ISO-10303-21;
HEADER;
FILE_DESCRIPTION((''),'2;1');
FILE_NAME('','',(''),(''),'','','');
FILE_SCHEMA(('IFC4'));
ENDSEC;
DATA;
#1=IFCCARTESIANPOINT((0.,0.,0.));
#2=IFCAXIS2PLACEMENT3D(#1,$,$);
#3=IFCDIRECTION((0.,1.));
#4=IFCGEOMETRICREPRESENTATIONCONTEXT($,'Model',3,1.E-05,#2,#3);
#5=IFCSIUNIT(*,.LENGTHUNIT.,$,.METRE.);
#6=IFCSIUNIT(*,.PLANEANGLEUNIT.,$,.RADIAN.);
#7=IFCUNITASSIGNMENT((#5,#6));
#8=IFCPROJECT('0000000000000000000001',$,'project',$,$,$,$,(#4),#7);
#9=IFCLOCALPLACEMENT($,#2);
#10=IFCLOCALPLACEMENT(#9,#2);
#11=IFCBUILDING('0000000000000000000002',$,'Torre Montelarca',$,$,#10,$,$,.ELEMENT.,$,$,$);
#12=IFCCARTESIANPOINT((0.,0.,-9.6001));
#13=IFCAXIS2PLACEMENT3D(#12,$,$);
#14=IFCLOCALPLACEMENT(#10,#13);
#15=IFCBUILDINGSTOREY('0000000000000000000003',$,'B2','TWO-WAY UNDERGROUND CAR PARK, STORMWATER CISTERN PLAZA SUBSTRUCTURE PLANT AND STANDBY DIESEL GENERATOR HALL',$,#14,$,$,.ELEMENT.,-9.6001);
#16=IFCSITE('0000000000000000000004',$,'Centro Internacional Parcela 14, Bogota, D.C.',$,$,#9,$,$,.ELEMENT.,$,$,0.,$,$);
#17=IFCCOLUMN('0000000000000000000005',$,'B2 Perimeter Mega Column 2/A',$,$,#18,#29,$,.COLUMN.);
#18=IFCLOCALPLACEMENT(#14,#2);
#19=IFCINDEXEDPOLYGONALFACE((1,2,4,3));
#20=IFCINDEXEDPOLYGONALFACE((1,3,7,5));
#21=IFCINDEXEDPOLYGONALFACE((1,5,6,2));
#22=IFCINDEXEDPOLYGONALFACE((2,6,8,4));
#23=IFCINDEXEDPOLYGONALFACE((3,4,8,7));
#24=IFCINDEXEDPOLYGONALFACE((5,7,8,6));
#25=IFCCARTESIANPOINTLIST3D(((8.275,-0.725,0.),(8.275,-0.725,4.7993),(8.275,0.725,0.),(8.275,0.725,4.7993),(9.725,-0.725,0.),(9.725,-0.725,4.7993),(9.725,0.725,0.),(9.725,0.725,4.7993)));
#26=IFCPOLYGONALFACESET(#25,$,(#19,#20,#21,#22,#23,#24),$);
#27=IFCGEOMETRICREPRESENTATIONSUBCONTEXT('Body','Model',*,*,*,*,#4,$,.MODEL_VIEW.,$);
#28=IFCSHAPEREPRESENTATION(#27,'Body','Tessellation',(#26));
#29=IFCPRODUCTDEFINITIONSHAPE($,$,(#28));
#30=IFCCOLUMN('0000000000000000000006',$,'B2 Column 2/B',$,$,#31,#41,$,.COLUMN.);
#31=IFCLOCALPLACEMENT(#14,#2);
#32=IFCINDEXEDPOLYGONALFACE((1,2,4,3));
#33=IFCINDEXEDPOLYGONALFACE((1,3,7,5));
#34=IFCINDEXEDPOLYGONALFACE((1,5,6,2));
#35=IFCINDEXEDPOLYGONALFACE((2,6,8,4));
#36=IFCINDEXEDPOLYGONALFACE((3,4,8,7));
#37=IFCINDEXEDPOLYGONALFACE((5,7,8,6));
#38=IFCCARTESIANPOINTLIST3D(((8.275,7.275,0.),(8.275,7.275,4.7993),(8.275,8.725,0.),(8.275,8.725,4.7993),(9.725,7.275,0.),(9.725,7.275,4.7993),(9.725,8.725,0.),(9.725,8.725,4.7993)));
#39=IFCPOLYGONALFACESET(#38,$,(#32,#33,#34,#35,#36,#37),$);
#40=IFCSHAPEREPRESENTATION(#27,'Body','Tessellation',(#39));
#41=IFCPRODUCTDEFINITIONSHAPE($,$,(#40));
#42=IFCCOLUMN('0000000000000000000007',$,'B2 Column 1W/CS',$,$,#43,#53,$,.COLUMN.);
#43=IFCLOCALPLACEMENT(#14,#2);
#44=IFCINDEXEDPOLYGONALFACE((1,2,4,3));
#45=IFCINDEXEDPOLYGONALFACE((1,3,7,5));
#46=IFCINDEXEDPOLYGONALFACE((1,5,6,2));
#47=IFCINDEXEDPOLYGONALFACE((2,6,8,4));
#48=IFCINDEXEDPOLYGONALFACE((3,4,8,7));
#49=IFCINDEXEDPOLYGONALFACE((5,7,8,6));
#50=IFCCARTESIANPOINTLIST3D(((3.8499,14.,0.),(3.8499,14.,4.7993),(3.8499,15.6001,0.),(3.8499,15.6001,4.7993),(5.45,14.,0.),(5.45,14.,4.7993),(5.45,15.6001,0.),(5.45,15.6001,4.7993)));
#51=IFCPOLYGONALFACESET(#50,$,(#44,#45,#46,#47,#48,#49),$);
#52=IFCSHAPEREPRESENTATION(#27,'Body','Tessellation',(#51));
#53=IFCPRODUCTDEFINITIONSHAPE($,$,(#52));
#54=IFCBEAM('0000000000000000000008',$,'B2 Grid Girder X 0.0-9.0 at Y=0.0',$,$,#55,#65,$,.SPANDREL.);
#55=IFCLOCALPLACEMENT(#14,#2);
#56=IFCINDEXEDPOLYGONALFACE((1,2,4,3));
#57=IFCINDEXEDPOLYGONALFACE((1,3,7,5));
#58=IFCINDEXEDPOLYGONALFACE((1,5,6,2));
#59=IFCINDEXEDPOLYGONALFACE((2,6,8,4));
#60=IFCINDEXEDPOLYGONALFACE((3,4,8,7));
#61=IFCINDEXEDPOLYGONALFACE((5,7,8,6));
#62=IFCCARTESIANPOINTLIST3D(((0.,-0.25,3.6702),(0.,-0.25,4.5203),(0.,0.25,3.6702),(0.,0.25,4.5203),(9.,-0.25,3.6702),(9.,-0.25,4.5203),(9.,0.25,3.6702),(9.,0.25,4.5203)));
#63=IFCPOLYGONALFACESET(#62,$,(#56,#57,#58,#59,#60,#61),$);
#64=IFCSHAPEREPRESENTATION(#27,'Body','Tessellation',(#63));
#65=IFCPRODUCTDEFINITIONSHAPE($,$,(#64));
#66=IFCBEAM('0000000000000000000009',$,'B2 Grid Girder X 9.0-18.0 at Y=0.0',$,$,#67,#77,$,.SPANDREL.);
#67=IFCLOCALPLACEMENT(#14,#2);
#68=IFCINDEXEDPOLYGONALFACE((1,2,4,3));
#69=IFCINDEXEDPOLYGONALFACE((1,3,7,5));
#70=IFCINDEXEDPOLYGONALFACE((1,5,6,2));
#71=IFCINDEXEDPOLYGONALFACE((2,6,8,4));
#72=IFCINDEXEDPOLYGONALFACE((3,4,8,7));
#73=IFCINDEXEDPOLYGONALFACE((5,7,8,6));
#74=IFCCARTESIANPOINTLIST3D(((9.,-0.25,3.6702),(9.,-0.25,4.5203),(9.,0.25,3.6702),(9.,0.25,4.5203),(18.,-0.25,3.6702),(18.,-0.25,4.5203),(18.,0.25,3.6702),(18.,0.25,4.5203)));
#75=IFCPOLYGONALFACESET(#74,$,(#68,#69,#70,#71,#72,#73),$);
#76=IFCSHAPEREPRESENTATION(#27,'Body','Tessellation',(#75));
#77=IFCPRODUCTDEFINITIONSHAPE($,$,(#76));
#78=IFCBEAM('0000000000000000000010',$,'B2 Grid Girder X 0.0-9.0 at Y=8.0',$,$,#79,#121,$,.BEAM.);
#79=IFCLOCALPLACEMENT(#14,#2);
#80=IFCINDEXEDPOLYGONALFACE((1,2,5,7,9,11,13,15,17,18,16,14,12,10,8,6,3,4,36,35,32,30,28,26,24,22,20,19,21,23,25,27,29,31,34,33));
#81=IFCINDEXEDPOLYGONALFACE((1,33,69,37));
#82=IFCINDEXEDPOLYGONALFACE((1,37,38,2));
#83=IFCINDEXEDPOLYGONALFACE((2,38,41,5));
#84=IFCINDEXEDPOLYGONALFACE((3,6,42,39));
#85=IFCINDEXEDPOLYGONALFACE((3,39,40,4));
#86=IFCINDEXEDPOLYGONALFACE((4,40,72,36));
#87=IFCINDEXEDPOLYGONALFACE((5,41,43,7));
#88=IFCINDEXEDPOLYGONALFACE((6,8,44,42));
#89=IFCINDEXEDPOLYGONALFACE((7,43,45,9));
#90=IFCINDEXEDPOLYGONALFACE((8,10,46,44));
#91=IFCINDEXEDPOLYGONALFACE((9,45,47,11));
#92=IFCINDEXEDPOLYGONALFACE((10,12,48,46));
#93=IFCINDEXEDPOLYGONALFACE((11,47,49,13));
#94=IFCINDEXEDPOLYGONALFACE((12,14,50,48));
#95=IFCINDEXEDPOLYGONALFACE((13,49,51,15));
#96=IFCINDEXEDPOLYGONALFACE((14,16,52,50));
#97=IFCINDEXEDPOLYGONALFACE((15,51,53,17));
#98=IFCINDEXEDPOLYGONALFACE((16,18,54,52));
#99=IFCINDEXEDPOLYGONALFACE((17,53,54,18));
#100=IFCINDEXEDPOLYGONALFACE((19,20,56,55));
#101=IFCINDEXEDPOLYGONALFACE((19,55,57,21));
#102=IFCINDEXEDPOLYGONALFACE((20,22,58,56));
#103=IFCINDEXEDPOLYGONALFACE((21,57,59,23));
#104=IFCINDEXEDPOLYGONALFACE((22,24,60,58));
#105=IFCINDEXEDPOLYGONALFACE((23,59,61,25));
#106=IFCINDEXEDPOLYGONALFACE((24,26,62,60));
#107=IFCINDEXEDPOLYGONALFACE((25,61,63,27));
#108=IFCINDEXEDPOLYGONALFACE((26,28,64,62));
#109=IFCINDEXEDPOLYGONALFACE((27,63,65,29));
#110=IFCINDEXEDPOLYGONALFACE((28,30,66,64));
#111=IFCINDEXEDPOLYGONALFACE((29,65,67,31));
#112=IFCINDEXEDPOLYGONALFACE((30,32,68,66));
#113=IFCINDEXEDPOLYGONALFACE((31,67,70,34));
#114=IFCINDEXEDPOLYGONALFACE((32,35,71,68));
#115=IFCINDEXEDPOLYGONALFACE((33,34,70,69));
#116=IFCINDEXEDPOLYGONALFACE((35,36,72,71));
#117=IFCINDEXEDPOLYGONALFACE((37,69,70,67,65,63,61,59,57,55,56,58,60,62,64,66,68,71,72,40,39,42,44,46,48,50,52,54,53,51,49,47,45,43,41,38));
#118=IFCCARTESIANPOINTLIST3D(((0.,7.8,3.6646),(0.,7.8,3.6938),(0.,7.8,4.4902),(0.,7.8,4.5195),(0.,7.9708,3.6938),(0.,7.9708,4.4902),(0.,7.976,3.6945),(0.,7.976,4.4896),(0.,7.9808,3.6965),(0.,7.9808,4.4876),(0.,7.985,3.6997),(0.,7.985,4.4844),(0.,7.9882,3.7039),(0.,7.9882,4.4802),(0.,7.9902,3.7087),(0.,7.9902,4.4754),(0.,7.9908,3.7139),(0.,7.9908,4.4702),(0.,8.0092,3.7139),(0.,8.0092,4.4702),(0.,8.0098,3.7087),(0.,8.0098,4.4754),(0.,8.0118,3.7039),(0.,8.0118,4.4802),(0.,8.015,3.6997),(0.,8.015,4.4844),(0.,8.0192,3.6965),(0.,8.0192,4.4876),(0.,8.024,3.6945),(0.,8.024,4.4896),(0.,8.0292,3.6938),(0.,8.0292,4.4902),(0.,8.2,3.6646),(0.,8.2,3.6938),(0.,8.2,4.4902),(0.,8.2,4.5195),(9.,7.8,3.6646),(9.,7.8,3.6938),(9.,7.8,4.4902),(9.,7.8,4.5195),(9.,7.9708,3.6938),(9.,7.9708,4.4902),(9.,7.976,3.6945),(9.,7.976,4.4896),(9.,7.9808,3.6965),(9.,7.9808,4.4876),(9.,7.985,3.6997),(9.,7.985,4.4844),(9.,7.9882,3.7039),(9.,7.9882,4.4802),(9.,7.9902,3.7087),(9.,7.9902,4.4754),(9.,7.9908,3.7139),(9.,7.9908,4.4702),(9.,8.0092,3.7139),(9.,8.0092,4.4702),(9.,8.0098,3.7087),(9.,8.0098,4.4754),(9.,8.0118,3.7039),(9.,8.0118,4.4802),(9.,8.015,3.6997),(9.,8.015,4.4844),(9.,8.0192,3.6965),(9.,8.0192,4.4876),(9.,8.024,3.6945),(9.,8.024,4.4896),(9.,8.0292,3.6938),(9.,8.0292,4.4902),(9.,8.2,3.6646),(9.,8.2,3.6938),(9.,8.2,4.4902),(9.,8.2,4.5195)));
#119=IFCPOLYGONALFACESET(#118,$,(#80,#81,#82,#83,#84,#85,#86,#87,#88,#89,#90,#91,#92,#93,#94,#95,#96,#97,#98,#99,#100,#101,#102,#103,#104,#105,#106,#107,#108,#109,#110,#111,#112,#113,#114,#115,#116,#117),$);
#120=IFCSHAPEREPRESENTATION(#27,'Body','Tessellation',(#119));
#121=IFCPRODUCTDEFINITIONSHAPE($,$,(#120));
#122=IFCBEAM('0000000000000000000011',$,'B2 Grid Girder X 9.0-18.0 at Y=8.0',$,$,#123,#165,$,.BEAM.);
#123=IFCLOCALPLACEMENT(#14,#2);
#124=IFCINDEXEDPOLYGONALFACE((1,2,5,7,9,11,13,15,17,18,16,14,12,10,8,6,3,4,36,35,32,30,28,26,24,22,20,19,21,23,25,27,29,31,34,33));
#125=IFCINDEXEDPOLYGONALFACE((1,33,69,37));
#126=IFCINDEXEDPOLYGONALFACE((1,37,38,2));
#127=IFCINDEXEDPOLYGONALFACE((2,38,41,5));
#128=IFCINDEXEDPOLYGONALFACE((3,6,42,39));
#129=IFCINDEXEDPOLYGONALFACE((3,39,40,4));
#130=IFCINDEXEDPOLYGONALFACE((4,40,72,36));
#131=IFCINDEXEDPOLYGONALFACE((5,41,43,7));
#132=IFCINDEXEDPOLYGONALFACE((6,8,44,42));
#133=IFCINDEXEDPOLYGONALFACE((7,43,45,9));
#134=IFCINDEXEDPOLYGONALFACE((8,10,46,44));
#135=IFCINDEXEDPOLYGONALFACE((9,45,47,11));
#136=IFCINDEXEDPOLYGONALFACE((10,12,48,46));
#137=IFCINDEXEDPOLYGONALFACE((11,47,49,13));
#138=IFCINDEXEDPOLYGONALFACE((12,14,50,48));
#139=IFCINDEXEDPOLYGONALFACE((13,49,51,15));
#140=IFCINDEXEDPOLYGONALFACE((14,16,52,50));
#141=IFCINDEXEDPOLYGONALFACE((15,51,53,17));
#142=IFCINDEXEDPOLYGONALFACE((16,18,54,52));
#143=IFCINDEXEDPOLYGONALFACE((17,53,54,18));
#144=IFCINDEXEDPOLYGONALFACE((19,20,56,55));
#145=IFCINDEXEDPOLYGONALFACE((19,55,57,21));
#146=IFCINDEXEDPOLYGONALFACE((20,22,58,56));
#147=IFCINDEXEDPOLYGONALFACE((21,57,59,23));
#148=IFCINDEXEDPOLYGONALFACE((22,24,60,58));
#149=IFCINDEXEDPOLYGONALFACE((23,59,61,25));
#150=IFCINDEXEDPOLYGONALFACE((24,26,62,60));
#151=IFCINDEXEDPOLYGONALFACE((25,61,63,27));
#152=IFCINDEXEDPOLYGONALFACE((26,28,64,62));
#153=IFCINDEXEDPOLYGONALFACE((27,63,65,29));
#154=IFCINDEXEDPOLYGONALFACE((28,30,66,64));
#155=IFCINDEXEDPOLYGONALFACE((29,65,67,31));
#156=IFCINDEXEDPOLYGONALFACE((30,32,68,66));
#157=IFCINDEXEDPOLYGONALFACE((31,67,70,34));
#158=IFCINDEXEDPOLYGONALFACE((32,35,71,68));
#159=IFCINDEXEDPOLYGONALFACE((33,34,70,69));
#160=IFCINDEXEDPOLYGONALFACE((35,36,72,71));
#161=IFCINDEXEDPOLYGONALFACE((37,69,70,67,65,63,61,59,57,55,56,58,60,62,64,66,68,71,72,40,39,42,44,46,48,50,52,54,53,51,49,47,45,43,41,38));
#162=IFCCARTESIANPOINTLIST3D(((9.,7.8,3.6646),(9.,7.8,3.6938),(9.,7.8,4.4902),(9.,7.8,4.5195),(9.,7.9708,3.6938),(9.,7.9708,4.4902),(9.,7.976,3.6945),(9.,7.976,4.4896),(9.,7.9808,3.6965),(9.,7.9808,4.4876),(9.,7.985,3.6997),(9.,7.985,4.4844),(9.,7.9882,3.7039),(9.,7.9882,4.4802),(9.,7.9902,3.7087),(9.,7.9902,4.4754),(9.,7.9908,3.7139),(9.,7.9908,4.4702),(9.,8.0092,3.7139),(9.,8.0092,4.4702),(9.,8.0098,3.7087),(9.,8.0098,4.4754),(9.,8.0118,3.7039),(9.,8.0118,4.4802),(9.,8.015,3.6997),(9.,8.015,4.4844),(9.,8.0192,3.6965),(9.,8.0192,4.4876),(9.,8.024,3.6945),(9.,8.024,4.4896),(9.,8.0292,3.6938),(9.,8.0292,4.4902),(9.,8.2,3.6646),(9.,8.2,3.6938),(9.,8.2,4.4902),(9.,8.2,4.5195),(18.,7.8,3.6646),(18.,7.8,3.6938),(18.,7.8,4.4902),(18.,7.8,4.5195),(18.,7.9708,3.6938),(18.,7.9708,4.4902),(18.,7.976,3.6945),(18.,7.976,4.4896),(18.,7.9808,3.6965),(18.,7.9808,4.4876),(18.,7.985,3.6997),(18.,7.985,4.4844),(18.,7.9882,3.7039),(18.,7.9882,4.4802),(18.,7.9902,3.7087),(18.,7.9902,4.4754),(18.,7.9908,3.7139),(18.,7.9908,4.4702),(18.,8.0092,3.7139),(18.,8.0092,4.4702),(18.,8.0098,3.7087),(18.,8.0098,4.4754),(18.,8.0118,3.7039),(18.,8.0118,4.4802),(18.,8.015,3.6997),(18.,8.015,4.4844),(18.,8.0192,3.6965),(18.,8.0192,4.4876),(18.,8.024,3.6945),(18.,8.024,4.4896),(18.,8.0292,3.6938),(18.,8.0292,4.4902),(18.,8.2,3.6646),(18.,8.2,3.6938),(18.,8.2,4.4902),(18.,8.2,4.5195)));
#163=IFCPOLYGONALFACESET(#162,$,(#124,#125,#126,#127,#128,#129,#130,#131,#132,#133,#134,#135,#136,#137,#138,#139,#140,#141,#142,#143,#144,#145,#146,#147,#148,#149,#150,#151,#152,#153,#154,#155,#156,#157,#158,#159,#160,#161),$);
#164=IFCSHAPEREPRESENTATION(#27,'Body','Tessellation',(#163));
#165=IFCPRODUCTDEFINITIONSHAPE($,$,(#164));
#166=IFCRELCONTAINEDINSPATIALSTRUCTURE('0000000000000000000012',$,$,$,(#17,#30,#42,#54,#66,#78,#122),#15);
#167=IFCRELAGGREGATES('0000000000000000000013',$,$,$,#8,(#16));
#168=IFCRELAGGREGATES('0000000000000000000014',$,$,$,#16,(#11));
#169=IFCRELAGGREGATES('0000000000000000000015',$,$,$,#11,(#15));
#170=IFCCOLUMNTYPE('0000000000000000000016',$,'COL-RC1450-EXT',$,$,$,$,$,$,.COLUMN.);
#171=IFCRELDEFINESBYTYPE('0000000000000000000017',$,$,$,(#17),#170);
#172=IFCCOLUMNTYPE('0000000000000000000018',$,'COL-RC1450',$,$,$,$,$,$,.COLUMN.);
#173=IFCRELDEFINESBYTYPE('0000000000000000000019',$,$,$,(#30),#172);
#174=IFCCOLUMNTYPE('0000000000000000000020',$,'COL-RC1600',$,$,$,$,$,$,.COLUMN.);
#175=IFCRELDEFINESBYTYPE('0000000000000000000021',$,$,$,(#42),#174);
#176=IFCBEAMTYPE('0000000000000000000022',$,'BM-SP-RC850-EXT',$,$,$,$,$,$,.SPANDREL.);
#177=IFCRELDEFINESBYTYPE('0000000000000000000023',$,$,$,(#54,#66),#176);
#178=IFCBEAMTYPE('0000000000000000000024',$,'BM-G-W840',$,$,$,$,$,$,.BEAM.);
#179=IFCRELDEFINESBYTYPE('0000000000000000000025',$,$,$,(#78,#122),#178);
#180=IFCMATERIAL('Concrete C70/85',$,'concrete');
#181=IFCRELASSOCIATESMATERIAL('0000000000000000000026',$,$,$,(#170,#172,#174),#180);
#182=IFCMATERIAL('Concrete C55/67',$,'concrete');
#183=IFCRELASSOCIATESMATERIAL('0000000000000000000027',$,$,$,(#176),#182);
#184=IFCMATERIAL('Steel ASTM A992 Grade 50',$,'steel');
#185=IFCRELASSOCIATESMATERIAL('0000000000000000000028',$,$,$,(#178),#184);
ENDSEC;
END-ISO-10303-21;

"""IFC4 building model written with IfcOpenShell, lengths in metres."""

from ifc_helpers import new_model, si_unit, direction, frame, origin, origin_2d, place, context, subcontext, project, spatial, rectangle, i_section, extrude, source, transform, mapped, material, material_profile, profile_set, type_object, element, save


model = new_model("IFC4")

# Units and contexts
model_context = context("Model", 3, precision=1e-05, world=origin(), true_north=direction((0.0, 1.0)))
body_context = subcontext(model_context, "Body", "Model", "MODEL_VIEW")
ifc_project = project(units=[si_unit("LENGTHUNIT", "METRE"), si_unit("PLANEANGLEUNIT", "RADIAN")], contexts=[model_context])

# Site, building, storey
site_placement = place(None, origin())
site = spatial("IfcSite", under=ifc_project, at=site_placement, Name="Centro Internacional Parcela 14, Bogota, D.C.", CompositionType="ELEMENT", RefElevation=0.0)
building_placement = place(site_placement, origin())
building = spatial("IfcBuilding", under=site, at=building_placement, Name="Torre Montelarca", CompositionType="ELEMENT")
storey_placement = place(building_placement, frame((0.0, 0.0, -9.6001)))
storey = spatial("IfcBuildingStorey", under=building, at=storey_placement, Name="B2", Description="TWO-WAY UNDERGROUND CAR PARK, STORMWATER CISTERN PLAZA SUBSTRUCTURE PLANT AND STANDBY DIESEL GENERATOR HALL", CompositionType="ELEMENT", Elevation=-9.6001)

# Columns
ifc_material_1 = material(Name="Concrete C70/85", Category="concrete")
ifc_material_profile_1 = material_profile(ifc_material_1, rectangle(XDim=1.45, YDim=1.45, at=origin_2d()), Name="RC1450X1450", Category="concrete")
ifc_profile_set_1 = profile_set([ifc_material_profile_1], Name="Concrete C70/85")
column_type_1 = type_object("IfcColumnType", Name="COL-RC1450-EXT", PredefinedType="COLUMN", material=ifc_profile_set_1)
shared_shape_1 = source(origin(), body_context, "Body", "SweptSolid", [
    extrude(rectangle(XDim=1.45, YDim=1.45, at=origin_2d()), origin(), (0.0, 0.0, 1.0), 4.7993),
])
column_1_placement = place(storey_placement, frame((9.0, 0.0, 0.0), z_axis=(0.0, 0.0, 1.0), x_axis=(1.0, 0.0, 0.0)))
element("IfcColumn", 1, at=column_1_placement, inside=storey, type_object=column_type_1, Name="B2 Perimeter Mega Column 2/A", PredefinedType="COLUMN", context=body_context, shape_type="MappedRepresentation", body=[
    mapped(shared_shape_1, transform((0.0, 0.0, 0.0), scale=1.0)),
])
ifc_material_profile_2 = material_profile(ifc_material_1, rectangle(XDim=1.45, YDim=1.45, at=origin_2d()), Name="RC1450X1450", Category="concrete")
ifc_profile_set_2 = profile_set([ifc_material_profile_2], Name="Concrete C70/85")
column_type_2 = type_object("IfcColumnType", Name="COL-RC1450", PredefinedType="COLUMN", material=ifc_profile_set_2)
shared_shape_2 = source(origin(), body_context, "Body", "SweptSolid", [
    extrude(rectangle(XDim=1.45, YDim=1.45, at=origin_2d()), origin(), (0.0, 0.0, 1.0), 4.7993),
])
column_2_placement = place(storey_placement, frame((9.0, 8.0, 0.0), z_axis=(0.0, 0.0, 1.0), x_axis=(1.0, 0.0, 0.0)))
element("IfcColumn", 2, at=column_2_placement, inside=storey, type_object=column_type_2, Name="B2 Column 2/B", PredefinedType="COLUMN", context=body_context, shape_type="MappedRepresentation", body=[
    mapped(shared_shape_2, transform((0.0, 0.0, 0.0), scale=1.0)),
])
ifc_material_profile_3 = material_profile(ifc_material_1, rectangle(XDim=1.6001, YDim=1.6001, at=origin_2d()), Name="RC1600X1600", Category="concrete")
ifc_profile_set_3 = profile_set([ifc_material_profile_3], Name="Concrete C70/85")
column_type_3 = type_object("IfcColumnType", Name="COL-RC1600", PredefinedType="COLUMN", material=ifc_profile_set_3)
shared_shape_3 = source(origin(), body_context, "Body", "SweptSolid", [
    extrude(rectangle(XDim=1.6001, YDim=1.6001, at=origin_2d()), origin(), (0.0, 0.0, 1.0), 4.7993),
])
column_3_placement = place(storey_placement, frame((4.6499, 14.8, 0.0), z_axis=(0.0, 0.0, 1.0), x_axis=(1.0, 0.0, 0.0)))
element("IfcColumn", 3, at=column_3_placement, inside=storey, type_object=column_type_3, Name="B2 Column 1W/CS", PredefinedType="COLUMN", context=body_context, shape_type="MappedRepresentation", body=[
    mapped(shared_shape_3, transform((0.0, 0.0, 0.0), scale=1.0)),
])

# Beams
ifc_material_2 = material(Name="Concrete C55/67", Category="concrete")
ifc_material_profile_4 = material_profile(ifc_material_2, rectangle(XDim=0.5, YDim=0.8501, at=origin_2d()), Name="RCB500X850", Category="concrete")
ifc_profile_set_4 = profile_set([ifc_material_profile_4], Name="Concrete C55/67")
beam_type_1 = type_object("IfcBeamType", Name="BM-SP-RC850-EXT", PredefinedType="SPANDREL", material=ifc_profile_set_4)
shared_shape_4 = source(origin(), body_context, "Body", "SweptSolid", [
    extrude(rectangle(XDim=0.5, YDim=0.8501, at=origin_2d()), origin(), (0.0, 0.0, 1.0), 9.0),
])
for number, where, z_axis, x_axis, name in (
    (4, (0.0, 0.0, 4.0952), (1.0, 0.0, 0.0), (0.0, 1.0, 0.0), "B2 Grid Girder X 0.0-9.0 at Y=0.0"),
    (5, (9.0, 0.0, 4.0952), (1.0, 0.0, 0.0), (0.0, 1.0, 0.0), "B2 Grid Girder X 9.0-18.0 at Y=0.0"),
):
    element("IfcBeam", number, at=place(storey_placement, frame(where, z_axis=z_axis, x_axis=x_axis)), inside=storey, type_object=beam_type_1, Name=name, PredefinedType="SPANDREL", context=body_context, shape_type="MappedRepresentation", body=[
        mapped(shared_shape_4, transform((0.0, 0.0, 0.0), scale=1.0)),
    ])
ifc_material_3 = material(Name="Steel ASTM A992 Grade 50", Category="steel")
ifc_material_profile_5 = material_profile(ifc_material_3, i_section(OverallWidth=0.3999, OverallDepth=0.855, WebThickness=0.0183, FlangeThickness=0.0293, FilletRadius=0.02, at=origin_2d()), Name="W840X299", Category="steel")
ifc_profile_set_5 = profile_set([ifc_material_profile_5], Name="Steel ASTM A992 Grade 50")
beam_type_2 = type_object("IfcBeamType", Name="BM-G-W840", PredefinedType="BEAM", material=ifc_profile_set_5)
shared_shape_5 = source(origin(), body_context, "Body", "SweptSolid", [
    extrude(i_section(OverallWidth=0.3999, OverallDepth=0.855, WebThickness=0.0183, FlangeThickness=0.0293, FilletRadius=0.02, at=origin_2d()), origin(), (0.0, 0.0, 1.0), 9.0),
])
for number, where, z_axis, x_axis, name in (
    (6, (0.0, 8.0, 4.092), (1.0, 0.0, 0.0), (0.0, 1.0, 0.0), "B2 Grid Girder X 0.0-9.0 at Y=8.0"),
    (7, (9.0, 8.0, 4.092), (1.0, 0.0, 0.0), (0.0, 1.0, 0.0), "B2 Grid Girder X 9.0-18.0 at Y=8.0"),
):
    element("IfcBeam", number, at=place(storey_placement, frame(where, z_axis=z_axis, x_axis=x_axis)), inside=storey, type_object=beam_type_2, Name=name, PredefinedType="BEAM", context=body_context, shape_type="MappedRepresentation", body=[
        mapped(shared_shape_5, transform((0.0, 0.0, 0.0), scale=1.0)),
    ])

save(model, "model.ifc")
